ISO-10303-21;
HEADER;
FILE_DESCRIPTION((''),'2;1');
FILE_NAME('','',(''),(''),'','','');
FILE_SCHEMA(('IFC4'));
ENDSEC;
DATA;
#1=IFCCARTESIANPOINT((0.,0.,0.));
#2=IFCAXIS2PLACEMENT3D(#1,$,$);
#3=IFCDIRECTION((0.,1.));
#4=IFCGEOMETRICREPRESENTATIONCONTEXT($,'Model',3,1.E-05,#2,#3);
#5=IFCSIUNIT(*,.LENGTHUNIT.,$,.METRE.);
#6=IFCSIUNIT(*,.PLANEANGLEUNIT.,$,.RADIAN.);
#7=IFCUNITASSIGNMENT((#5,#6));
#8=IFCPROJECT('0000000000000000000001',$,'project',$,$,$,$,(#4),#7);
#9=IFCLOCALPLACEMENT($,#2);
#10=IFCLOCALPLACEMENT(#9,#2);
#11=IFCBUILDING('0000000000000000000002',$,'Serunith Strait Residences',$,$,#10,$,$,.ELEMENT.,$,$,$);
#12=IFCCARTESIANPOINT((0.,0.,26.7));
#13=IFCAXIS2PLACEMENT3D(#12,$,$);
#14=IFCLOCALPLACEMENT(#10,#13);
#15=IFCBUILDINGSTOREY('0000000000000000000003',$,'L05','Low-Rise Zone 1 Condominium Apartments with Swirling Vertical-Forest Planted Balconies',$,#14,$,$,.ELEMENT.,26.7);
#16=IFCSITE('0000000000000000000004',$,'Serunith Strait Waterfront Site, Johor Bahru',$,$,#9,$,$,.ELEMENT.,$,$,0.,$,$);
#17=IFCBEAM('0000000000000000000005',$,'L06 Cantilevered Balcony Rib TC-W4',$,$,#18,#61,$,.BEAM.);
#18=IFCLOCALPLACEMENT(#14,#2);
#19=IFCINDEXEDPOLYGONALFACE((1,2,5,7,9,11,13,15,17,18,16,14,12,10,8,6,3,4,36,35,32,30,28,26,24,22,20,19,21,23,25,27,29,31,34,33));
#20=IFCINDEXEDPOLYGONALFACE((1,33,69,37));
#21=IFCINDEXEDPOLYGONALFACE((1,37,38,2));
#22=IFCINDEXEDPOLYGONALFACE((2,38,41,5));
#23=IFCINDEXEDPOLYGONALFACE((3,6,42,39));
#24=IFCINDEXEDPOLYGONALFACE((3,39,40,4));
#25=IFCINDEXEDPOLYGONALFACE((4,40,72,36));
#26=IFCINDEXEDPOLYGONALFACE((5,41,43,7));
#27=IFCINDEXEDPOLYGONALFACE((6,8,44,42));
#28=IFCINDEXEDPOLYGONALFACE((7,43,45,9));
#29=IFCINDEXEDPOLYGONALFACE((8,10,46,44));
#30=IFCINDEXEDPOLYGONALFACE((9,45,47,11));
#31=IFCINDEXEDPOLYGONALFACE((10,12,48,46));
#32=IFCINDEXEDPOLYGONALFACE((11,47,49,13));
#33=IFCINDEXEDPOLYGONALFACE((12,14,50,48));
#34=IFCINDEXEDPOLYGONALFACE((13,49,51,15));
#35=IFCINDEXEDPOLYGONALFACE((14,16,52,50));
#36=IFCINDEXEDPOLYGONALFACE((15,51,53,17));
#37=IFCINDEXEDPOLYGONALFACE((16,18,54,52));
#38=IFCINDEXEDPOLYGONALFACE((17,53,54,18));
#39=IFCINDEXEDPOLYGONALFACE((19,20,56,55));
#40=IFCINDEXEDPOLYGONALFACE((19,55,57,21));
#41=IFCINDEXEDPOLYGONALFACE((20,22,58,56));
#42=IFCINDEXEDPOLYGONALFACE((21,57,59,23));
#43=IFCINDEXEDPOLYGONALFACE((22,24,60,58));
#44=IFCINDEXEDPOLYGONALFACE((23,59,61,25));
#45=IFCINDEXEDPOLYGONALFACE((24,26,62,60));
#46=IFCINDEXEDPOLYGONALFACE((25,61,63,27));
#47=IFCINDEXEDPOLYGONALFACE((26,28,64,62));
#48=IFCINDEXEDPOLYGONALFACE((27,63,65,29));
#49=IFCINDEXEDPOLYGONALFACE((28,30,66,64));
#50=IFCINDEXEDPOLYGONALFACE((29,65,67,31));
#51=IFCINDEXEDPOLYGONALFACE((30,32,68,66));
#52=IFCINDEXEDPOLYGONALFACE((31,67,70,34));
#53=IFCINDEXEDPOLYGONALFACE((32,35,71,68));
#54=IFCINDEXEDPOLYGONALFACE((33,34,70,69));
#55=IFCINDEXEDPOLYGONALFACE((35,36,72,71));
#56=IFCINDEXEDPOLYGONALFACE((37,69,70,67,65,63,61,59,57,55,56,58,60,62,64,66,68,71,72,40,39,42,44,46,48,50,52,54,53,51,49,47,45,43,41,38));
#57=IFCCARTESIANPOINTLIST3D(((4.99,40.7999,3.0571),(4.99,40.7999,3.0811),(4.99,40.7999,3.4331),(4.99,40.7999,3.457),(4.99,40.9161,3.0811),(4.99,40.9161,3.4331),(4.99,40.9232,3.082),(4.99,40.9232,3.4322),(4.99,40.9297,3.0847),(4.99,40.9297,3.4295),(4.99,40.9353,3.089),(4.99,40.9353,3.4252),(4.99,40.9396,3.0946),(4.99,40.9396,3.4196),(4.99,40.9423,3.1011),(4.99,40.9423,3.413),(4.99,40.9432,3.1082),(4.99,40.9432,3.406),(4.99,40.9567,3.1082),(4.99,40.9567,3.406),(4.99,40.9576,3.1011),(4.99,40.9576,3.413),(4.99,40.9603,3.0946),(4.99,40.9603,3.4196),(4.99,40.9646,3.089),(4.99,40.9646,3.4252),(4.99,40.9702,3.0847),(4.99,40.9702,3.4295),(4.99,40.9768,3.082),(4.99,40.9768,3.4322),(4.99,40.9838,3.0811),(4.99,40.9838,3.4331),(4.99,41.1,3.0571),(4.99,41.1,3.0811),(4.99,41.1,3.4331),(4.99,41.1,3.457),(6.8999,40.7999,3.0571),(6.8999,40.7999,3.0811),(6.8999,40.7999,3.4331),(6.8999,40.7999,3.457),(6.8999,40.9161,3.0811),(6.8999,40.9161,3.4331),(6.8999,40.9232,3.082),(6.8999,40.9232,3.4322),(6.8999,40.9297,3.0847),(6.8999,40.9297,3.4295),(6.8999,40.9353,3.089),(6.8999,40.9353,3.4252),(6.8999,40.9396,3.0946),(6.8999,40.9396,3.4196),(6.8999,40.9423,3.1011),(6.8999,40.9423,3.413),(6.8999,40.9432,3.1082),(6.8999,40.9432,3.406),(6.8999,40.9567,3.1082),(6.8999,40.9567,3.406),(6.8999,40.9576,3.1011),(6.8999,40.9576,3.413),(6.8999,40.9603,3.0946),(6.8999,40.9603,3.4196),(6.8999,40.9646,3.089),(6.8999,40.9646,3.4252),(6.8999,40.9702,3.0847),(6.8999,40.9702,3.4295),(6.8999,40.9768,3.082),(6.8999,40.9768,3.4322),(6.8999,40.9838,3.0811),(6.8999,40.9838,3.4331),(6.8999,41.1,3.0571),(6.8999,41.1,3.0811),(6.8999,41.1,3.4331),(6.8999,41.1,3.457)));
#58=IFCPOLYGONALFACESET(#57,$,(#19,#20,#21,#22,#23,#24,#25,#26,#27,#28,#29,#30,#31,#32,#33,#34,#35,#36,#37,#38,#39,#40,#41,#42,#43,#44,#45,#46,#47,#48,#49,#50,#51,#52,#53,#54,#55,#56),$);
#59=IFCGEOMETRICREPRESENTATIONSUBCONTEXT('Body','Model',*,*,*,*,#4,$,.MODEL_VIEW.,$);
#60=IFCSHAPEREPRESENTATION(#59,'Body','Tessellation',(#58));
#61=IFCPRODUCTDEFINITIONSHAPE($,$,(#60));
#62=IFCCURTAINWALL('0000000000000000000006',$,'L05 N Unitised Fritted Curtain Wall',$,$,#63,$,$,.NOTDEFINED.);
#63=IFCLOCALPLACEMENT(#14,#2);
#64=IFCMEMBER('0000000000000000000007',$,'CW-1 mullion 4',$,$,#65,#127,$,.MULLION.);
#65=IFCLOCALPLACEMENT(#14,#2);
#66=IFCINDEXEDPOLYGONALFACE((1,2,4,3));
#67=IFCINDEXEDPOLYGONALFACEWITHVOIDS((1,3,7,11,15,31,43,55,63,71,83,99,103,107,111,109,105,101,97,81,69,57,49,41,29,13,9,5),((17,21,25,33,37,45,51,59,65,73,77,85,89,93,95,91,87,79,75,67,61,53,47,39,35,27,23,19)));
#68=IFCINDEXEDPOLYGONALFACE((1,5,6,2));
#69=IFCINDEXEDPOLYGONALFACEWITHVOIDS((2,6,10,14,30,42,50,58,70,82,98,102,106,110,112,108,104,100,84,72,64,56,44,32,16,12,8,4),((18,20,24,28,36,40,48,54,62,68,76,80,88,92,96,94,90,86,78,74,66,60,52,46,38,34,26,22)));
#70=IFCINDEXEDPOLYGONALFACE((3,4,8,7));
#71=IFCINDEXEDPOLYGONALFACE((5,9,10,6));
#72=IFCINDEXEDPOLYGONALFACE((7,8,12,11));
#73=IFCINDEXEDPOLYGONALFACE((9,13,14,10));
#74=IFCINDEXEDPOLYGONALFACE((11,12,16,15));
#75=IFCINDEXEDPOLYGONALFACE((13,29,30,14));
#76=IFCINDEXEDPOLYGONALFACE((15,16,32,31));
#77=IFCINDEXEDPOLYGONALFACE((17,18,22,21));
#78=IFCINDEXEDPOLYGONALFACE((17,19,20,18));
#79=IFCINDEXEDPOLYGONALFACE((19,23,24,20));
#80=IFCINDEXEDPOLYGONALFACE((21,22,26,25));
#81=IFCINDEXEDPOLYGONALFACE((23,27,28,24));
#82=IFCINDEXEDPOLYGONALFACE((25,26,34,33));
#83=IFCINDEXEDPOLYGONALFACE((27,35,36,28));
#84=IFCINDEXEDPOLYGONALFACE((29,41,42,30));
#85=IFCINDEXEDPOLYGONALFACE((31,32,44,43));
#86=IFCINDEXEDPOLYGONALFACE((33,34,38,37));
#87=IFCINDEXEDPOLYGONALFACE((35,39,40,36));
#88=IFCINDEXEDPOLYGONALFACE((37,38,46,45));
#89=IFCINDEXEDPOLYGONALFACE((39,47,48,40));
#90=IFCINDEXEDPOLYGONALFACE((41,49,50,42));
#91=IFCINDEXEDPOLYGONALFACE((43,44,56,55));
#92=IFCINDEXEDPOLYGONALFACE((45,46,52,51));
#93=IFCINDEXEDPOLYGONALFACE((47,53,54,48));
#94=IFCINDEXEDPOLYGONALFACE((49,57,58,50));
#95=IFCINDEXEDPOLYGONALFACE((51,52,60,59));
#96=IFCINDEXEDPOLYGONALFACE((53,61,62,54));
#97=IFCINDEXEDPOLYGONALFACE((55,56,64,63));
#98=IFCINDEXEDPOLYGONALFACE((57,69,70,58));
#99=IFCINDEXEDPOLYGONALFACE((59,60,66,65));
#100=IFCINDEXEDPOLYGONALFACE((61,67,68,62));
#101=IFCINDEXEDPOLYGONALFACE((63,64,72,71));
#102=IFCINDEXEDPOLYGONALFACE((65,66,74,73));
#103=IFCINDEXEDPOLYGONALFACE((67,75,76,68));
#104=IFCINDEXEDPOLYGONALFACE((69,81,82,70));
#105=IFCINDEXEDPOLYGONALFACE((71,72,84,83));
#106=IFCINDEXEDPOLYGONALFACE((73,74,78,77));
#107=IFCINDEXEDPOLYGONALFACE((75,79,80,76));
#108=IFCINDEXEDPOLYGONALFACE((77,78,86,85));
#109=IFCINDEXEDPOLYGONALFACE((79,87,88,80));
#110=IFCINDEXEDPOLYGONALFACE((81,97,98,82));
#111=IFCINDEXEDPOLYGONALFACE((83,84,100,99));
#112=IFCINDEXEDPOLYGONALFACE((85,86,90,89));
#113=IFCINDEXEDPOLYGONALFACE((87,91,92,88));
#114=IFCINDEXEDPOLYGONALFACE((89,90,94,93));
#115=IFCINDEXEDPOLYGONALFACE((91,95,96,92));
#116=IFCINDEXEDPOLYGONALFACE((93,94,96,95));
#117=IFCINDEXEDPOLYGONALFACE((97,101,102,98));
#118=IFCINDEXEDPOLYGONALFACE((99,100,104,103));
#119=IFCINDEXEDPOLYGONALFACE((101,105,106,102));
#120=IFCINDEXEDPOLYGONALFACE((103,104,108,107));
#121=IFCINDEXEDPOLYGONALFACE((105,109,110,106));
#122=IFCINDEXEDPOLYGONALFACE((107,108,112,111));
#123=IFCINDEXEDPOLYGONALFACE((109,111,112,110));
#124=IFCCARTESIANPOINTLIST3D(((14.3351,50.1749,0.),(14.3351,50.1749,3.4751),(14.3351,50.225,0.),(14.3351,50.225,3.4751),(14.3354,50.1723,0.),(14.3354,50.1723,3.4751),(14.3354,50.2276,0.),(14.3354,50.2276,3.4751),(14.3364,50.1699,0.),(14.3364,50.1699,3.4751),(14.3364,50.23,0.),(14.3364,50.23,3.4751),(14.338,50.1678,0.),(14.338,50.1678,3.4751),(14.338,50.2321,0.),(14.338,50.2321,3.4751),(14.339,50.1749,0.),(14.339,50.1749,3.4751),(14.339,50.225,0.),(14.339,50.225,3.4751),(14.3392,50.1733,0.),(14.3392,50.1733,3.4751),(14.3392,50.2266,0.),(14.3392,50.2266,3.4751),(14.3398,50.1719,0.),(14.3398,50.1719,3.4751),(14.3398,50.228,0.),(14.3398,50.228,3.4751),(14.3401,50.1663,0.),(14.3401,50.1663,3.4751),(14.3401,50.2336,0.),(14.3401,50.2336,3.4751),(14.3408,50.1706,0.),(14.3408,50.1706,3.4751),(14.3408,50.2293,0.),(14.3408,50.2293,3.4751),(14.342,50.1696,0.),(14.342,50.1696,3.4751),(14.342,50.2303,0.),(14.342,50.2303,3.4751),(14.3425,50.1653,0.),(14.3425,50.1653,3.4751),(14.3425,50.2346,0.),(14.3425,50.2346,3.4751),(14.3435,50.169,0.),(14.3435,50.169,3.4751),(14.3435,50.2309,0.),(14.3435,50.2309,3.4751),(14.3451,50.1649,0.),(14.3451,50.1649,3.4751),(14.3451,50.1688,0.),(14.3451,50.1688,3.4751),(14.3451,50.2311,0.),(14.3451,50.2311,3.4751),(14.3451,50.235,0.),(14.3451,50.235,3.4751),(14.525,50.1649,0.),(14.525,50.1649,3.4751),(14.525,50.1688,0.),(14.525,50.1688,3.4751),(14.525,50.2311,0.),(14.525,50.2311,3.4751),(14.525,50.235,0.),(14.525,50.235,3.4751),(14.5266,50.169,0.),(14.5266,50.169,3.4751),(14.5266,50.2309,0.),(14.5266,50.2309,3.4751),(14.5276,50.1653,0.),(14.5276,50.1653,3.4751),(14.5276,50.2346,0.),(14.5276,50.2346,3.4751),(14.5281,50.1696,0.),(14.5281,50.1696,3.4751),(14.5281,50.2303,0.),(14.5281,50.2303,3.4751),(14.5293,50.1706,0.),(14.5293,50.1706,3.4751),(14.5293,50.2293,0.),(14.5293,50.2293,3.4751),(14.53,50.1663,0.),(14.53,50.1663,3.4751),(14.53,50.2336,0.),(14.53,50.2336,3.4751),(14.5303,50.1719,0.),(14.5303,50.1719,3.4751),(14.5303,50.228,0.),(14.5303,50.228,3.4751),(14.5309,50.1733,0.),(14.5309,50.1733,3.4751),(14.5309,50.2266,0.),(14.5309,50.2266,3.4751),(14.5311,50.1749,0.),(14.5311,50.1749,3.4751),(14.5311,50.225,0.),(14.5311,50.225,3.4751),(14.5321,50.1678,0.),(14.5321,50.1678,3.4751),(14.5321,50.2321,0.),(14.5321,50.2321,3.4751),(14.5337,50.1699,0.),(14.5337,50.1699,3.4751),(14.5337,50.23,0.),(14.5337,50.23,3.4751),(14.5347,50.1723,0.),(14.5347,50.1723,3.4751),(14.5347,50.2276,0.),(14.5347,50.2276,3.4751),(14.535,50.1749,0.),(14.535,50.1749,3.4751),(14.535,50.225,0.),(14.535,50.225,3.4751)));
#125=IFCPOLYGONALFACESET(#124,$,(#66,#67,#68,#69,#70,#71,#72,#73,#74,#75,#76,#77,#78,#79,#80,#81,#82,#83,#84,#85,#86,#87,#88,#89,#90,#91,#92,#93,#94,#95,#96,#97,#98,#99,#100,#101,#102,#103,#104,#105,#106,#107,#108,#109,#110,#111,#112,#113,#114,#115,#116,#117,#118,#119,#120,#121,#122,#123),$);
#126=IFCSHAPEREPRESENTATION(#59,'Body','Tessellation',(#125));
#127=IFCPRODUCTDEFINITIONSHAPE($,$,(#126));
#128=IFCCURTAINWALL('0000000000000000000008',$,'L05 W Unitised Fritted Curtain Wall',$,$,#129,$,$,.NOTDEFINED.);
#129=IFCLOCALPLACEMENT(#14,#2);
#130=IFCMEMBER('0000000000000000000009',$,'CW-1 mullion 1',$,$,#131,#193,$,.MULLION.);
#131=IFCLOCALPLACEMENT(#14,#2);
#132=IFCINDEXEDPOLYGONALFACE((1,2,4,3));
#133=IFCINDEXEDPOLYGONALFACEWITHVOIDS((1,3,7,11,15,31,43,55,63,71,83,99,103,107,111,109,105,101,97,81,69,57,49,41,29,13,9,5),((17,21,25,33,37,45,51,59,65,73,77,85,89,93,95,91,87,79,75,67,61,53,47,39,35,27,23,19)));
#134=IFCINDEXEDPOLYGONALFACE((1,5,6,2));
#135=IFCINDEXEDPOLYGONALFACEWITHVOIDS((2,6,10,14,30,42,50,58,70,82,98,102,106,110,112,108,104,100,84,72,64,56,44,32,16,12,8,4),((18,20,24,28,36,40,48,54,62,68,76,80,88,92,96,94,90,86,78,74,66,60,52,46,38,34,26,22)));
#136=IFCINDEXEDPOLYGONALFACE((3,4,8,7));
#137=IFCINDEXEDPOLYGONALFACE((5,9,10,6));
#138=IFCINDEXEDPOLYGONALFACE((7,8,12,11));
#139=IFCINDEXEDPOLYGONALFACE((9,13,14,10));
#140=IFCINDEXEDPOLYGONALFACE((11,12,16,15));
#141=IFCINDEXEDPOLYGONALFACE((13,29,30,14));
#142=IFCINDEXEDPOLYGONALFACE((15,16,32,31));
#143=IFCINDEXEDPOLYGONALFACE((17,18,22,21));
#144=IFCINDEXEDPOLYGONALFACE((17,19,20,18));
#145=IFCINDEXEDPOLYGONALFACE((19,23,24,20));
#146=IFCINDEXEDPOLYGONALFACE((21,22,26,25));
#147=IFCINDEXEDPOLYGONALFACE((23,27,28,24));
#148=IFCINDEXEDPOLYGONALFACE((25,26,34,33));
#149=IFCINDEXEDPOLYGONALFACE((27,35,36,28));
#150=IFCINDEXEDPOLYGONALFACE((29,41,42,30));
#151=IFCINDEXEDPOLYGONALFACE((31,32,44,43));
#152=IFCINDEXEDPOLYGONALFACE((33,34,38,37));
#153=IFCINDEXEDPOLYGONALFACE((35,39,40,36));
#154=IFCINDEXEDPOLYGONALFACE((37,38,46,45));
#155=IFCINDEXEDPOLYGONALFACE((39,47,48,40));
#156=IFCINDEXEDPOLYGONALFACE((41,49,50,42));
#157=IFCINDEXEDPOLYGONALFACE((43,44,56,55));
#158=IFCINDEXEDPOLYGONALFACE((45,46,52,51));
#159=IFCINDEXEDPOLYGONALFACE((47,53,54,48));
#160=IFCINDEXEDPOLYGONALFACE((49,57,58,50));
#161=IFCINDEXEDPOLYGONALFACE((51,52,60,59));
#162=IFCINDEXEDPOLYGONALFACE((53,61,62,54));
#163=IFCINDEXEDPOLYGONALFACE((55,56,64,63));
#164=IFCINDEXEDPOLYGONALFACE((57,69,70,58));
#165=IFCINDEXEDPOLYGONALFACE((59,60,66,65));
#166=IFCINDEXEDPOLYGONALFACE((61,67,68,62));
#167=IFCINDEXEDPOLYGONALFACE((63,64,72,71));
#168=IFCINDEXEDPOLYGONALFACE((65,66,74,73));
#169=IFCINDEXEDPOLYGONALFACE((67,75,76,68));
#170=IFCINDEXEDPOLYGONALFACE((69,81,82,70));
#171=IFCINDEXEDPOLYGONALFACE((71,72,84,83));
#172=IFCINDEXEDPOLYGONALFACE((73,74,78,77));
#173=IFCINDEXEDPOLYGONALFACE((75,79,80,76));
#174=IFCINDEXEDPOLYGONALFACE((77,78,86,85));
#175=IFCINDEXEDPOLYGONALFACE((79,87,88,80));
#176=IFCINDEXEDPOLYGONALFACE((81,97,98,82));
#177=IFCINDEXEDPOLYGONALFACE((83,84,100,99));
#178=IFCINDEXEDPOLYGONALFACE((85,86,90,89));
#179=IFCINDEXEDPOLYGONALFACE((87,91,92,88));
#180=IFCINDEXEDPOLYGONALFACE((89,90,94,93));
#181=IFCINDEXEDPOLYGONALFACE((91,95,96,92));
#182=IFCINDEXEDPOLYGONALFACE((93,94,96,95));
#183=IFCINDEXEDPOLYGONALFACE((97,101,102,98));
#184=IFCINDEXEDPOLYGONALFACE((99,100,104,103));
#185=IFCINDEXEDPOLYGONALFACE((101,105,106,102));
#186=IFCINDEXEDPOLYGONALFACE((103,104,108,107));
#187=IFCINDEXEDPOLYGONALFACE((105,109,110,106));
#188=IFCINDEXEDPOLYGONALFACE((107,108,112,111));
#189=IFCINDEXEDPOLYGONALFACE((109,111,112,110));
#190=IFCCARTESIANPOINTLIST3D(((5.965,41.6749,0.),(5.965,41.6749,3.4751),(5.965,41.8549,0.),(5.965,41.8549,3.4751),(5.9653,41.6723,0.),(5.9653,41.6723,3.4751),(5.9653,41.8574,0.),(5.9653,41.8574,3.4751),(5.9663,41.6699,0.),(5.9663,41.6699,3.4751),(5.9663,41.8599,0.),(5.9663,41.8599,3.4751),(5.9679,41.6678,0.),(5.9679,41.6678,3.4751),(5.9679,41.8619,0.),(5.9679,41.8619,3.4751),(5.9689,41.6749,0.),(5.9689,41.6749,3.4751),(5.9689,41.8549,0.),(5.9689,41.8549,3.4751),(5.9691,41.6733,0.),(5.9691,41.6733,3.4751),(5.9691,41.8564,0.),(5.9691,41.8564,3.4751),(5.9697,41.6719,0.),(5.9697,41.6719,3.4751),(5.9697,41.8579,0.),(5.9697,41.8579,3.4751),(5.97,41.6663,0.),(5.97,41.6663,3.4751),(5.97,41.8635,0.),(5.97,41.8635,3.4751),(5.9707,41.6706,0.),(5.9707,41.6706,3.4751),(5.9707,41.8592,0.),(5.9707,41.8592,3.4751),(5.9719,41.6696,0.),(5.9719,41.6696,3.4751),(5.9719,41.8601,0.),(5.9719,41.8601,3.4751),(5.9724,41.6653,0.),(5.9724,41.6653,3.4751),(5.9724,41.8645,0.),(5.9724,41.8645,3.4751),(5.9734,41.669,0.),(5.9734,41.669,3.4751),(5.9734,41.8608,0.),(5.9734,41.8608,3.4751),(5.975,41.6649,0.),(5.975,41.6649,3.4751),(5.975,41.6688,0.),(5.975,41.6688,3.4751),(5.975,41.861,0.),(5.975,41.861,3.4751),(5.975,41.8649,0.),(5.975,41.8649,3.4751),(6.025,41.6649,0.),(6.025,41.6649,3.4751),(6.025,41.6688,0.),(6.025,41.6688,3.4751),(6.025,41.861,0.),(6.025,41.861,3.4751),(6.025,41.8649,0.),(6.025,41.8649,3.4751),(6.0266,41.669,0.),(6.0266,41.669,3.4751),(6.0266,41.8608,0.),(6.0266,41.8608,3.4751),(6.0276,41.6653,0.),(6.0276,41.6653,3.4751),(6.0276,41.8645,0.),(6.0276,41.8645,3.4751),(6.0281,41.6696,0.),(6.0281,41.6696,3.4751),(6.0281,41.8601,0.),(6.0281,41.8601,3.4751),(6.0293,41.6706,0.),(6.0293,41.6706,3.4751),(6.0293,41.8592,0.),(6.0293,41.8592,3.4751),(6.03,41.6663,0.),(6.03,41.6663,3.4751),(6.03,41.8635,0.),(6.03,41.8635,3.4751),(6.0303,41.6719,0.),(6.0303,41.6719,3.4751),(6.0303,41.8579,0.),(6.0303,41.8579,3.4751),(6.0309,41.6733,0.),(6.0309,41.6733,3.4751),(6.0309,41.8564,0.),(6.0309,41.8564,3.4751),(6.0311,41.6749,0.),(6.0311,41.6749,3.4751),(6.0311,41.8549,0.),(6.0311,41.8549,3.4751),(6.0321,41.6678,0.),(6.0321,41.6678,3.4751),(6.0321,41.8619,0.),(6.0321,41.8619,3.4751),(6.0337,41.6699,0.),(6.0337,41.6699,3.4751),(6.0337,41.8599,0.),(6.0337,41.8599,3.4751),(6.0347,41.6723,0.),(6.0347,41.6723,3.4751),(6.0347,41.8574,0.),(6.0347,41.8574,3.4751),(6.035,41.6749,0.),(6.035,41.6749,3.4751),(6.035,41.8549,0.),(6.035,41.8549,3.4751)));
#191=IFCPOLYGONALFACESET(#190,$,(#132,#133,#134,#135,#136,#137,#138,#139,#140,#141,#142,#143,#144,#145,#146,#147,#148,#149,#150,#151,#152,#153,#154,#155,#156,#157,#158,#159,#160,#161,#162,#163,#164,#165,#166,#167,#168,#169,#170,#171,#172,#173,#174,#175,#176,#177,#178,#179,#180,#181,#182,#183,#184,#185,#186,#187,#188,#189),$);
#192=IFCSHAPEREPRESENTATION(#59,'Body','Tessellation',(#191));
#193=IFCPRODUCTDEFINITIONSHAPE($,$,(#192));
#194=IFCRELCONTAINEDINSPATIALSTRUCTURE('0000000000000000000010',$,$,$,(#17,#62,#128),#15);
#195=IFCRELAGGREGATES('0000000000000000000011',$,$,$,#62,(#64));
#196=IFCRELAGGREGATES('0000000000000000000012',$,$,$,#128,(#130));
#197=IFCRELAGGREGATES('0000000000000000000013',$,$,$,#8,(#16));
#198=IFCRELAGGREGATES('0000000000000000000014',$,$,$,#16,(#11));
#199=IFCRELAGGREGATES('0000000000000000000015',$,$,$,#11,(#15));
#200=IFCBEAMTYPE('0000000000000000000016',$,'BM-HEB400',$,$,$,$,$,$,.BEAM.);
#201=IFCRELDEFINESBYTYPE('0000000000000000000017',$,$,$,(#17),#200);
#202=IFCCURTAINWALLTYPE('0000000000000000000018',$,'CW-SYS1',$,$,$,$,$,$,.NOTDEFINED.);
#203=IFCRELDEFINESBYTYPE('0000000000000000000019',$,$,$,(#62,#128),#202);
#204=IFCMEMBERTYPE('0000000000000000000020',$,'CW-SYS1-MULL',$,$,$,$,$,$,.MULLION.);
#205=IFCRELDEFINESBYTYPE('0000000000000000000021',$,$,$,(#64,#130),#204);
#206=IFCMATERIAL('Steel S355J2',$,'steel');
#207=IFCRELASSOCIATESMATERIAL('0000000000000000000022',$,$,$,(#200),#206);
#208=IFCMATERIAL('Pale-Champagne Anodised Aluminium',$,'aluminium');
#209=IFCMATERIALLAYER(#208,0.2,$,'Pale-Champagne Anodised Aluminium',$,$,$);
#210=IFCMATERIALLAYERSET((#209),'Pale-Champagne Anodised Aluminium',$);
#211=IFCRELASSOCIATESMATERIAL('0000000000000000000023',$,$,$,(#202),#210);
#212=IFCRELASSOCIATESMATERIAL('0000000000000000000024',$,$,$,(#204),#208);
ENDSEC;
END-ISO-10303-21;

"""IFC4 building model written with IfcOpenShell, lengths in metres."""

from ifc_helpers import new_model, si_unit, direction, frame, origin, origin_2d, place, context, subcontext, project, spatial, hollow_rectangle, i_section, extrude, source, transform, mapped, material, layer, layer_set, material_profile, profile_set, type_object, element, aggregate, save


model = new_model("IFC4")

# Units and contexts
model_context = context("Model", 3, precision=1e-05, world=origin(), true_north=direction((0.0, 1.0)))
body_context = subcontext(model_context, "Body", "Model", "MODEL_VIEW")
ifc_project = project(units=[si_unit("LENGTHUNIT", "METRE"), si_unit("PLANEANGLEUNIT", "RADIAN")], contexts=[model_context])

# Site, building, storey
site_placement = place(None, origin())
site = spatial("IfcSite", under=ifc_project, at=site_placement, Name="Serunith Strait Waterfront Site, Johor Bahru", CompositionType="ELEMENT", RefElevation=0.0)
building_placement = place(site_placement, origin())
building = spatial("IfcBuilding", under=site, at=building_placement, Name="Serunith Strait Residences", CompositionType="ELEMENT")
storey_placement = place(building_placement, frame((0.0, 0.0, 26.7)))
storey = spatial("IfcBuildingStorey", under=building, at=storey_placement, Name="L05", Description="Low-Rise Zone 1 Condominium Apartments with Swirling Vertical-Forest Planted Balconies", CompositionType="ELEMENT", Elevation=26.7)

# Beam
ifc_material_1 = material(Name="Steel S355J2", Category="steel")
ifc_material_profile_1 = material_profile(ifc_material_1, i_section(OverallWidth=0.3, OverallDepth=0.3999, WebThickness=0.0134, FlangeThickness=0.0239, FilletRadius=0.0271, at=origin_2d()), Name="HEB 400")
ifc_profile_set_1 = profile_set([ifc_material_profile_1], Name="Steel S355J2")
beam_type_1 = type_object("IfcBeamType", Name="BM-HEB400", PredefinedType="BEAM", material=ifc_profile_set_1)
shared_shape_1 = source(origin(), body_context, "Body", "SweptSolid", [
    extrude(i_section(OverallWidth=0.3, OverallDepth=0.3999, WebThickness=0.0134, FlangeThickness=0.0239, FilletRadius=0.0271, at=origin_2d()), origin(), (0.0, 0.0, 1.0), 1.9099),
])
beam_1_placement = place(storey_placement, frame((6.8999, 40.95, 3.2571), z_axis=(-1.0, 0.0, 0.0), x_axis=(0.0, -1.0, 0.0)))
element("IfcBeam", 1, at=beam_1_placement, inside=storey, type_object=beam_type_1, Name="L06 Cantilevered Balcony Rib TC-W4", PredefinedType="BEAM", context=body_context, shape_type="MappedRepresentation", body=[
    mapped(shared_shape_1, transform((0.0, 0.0, 0.0), scale=1.0)),
])

# Curtain wall, member
ifc_material_2 = material(Name="Pale-Champagne Anodised Aluminium", Category="aluminium")
ifc_layer_1 = layer(ifc_material_2, 0.2, Name="Pale-Champagne Anodised Aluminium")
ifc_layer_set_1 = layer_set([ifc_layer_1], Name="Pale-Champagne Anodised Aluminium")
curtain_wall_type = type_object("IfcCurtainWallType", Name="CW-SYS1", PredefinedType="NOTDEFINED", material=ifc_layer_set_1)
curtain_wall_1_placement = place(storey_placement, origin())
curtain_wall_1 = element("IfcCurtainWall", 2, at=curtain_wall_1_placement, inside=storey, type_object=curtain_wall_type, Name="L05 N Unitised Fritted Curtain Wall", PredefinedType="NOTDEFINED")
ifc_material_profile_2 = material_profile(ifc_material_2, hollow_rectangle(XDim=0.0701, YDim=0.2, WallThickness=0.0039, InnerFilletRadius=0.0061, OuterFilletRadius=0.01, at=origin_2d()), Name="ALU 200x70x4")
ifc_profile_set_2 = profile_set([ifc_material_profile_2], Name="Pale-Champagne Anodised Aluminium")
member_type_1 = type_object("IfcMemberType", Name="CW-SYS1-MULL", PredefinedType="MULLION", material=ifc_profile_set_2)
shared_shape_2 = source(origin(), body_context, "Body", "SweptSolid", [
    extrude(hollow_rectangle(XDim=0.0701, YDim=0.2, WallThickness=0.0039, InnerFilletRadius=0.0061, OuterFilletRadius=0.01, at=origin_2d()), origin(), (0.0, 0.0, 1.0), 3.4751),
])
member_1_placement = place(storey_placement, frame((14.4351, 50.2, 0.0), z_axis=(0.0, 0.0, 1.0), x_axis=(0.0, -1.0, 0.0)))
member_1 = element("IfcMember", 3, at=member_1_placement, type_object=member_type_1, Name="CW-1 mullion 4", PredefinedType="MULLION", context=body_context, shape_type="MappedRepresentation", body=[
    mapped(shared_shape_2, transform((0.0, 0.0, 0.0), scale=1.0)),
])
aggregate(curtain_wall_1, [member_1])

# Curtain wall, member
curtain_wall_2_placement = place(storey_placement, origin())
curtain_wall_2 = element("IfcCurtainWall", 4, at=curtain_wall_2_placement, inside=storey, type_object=curtain_wall_type, Name="L05 W Unitised Fritted Curtain Wall", PredefinedType="NOTDEFINED")
member_2_placement = place(storey_placement, frame((6.0, 41.7649, 0.0), z_axis=(0.0, 0.0, 1.0), x_axis=(1.0, 0.0, 0.0)))
member_2 = element("IfcMember", 5, at=member_2_placement, type_object=member_type_1, Name="CW-1 mullion 1", PredefinedType="MULLION", context=body_context, shape_type="MappedRepresentation", body=[
    mapped(shared_shape_2, transform((0.0, 0.0, 0.0), scale=1.0)),
])
aggregate(curtain_wall_2, [member_2])

save(model, "model.ifc")
